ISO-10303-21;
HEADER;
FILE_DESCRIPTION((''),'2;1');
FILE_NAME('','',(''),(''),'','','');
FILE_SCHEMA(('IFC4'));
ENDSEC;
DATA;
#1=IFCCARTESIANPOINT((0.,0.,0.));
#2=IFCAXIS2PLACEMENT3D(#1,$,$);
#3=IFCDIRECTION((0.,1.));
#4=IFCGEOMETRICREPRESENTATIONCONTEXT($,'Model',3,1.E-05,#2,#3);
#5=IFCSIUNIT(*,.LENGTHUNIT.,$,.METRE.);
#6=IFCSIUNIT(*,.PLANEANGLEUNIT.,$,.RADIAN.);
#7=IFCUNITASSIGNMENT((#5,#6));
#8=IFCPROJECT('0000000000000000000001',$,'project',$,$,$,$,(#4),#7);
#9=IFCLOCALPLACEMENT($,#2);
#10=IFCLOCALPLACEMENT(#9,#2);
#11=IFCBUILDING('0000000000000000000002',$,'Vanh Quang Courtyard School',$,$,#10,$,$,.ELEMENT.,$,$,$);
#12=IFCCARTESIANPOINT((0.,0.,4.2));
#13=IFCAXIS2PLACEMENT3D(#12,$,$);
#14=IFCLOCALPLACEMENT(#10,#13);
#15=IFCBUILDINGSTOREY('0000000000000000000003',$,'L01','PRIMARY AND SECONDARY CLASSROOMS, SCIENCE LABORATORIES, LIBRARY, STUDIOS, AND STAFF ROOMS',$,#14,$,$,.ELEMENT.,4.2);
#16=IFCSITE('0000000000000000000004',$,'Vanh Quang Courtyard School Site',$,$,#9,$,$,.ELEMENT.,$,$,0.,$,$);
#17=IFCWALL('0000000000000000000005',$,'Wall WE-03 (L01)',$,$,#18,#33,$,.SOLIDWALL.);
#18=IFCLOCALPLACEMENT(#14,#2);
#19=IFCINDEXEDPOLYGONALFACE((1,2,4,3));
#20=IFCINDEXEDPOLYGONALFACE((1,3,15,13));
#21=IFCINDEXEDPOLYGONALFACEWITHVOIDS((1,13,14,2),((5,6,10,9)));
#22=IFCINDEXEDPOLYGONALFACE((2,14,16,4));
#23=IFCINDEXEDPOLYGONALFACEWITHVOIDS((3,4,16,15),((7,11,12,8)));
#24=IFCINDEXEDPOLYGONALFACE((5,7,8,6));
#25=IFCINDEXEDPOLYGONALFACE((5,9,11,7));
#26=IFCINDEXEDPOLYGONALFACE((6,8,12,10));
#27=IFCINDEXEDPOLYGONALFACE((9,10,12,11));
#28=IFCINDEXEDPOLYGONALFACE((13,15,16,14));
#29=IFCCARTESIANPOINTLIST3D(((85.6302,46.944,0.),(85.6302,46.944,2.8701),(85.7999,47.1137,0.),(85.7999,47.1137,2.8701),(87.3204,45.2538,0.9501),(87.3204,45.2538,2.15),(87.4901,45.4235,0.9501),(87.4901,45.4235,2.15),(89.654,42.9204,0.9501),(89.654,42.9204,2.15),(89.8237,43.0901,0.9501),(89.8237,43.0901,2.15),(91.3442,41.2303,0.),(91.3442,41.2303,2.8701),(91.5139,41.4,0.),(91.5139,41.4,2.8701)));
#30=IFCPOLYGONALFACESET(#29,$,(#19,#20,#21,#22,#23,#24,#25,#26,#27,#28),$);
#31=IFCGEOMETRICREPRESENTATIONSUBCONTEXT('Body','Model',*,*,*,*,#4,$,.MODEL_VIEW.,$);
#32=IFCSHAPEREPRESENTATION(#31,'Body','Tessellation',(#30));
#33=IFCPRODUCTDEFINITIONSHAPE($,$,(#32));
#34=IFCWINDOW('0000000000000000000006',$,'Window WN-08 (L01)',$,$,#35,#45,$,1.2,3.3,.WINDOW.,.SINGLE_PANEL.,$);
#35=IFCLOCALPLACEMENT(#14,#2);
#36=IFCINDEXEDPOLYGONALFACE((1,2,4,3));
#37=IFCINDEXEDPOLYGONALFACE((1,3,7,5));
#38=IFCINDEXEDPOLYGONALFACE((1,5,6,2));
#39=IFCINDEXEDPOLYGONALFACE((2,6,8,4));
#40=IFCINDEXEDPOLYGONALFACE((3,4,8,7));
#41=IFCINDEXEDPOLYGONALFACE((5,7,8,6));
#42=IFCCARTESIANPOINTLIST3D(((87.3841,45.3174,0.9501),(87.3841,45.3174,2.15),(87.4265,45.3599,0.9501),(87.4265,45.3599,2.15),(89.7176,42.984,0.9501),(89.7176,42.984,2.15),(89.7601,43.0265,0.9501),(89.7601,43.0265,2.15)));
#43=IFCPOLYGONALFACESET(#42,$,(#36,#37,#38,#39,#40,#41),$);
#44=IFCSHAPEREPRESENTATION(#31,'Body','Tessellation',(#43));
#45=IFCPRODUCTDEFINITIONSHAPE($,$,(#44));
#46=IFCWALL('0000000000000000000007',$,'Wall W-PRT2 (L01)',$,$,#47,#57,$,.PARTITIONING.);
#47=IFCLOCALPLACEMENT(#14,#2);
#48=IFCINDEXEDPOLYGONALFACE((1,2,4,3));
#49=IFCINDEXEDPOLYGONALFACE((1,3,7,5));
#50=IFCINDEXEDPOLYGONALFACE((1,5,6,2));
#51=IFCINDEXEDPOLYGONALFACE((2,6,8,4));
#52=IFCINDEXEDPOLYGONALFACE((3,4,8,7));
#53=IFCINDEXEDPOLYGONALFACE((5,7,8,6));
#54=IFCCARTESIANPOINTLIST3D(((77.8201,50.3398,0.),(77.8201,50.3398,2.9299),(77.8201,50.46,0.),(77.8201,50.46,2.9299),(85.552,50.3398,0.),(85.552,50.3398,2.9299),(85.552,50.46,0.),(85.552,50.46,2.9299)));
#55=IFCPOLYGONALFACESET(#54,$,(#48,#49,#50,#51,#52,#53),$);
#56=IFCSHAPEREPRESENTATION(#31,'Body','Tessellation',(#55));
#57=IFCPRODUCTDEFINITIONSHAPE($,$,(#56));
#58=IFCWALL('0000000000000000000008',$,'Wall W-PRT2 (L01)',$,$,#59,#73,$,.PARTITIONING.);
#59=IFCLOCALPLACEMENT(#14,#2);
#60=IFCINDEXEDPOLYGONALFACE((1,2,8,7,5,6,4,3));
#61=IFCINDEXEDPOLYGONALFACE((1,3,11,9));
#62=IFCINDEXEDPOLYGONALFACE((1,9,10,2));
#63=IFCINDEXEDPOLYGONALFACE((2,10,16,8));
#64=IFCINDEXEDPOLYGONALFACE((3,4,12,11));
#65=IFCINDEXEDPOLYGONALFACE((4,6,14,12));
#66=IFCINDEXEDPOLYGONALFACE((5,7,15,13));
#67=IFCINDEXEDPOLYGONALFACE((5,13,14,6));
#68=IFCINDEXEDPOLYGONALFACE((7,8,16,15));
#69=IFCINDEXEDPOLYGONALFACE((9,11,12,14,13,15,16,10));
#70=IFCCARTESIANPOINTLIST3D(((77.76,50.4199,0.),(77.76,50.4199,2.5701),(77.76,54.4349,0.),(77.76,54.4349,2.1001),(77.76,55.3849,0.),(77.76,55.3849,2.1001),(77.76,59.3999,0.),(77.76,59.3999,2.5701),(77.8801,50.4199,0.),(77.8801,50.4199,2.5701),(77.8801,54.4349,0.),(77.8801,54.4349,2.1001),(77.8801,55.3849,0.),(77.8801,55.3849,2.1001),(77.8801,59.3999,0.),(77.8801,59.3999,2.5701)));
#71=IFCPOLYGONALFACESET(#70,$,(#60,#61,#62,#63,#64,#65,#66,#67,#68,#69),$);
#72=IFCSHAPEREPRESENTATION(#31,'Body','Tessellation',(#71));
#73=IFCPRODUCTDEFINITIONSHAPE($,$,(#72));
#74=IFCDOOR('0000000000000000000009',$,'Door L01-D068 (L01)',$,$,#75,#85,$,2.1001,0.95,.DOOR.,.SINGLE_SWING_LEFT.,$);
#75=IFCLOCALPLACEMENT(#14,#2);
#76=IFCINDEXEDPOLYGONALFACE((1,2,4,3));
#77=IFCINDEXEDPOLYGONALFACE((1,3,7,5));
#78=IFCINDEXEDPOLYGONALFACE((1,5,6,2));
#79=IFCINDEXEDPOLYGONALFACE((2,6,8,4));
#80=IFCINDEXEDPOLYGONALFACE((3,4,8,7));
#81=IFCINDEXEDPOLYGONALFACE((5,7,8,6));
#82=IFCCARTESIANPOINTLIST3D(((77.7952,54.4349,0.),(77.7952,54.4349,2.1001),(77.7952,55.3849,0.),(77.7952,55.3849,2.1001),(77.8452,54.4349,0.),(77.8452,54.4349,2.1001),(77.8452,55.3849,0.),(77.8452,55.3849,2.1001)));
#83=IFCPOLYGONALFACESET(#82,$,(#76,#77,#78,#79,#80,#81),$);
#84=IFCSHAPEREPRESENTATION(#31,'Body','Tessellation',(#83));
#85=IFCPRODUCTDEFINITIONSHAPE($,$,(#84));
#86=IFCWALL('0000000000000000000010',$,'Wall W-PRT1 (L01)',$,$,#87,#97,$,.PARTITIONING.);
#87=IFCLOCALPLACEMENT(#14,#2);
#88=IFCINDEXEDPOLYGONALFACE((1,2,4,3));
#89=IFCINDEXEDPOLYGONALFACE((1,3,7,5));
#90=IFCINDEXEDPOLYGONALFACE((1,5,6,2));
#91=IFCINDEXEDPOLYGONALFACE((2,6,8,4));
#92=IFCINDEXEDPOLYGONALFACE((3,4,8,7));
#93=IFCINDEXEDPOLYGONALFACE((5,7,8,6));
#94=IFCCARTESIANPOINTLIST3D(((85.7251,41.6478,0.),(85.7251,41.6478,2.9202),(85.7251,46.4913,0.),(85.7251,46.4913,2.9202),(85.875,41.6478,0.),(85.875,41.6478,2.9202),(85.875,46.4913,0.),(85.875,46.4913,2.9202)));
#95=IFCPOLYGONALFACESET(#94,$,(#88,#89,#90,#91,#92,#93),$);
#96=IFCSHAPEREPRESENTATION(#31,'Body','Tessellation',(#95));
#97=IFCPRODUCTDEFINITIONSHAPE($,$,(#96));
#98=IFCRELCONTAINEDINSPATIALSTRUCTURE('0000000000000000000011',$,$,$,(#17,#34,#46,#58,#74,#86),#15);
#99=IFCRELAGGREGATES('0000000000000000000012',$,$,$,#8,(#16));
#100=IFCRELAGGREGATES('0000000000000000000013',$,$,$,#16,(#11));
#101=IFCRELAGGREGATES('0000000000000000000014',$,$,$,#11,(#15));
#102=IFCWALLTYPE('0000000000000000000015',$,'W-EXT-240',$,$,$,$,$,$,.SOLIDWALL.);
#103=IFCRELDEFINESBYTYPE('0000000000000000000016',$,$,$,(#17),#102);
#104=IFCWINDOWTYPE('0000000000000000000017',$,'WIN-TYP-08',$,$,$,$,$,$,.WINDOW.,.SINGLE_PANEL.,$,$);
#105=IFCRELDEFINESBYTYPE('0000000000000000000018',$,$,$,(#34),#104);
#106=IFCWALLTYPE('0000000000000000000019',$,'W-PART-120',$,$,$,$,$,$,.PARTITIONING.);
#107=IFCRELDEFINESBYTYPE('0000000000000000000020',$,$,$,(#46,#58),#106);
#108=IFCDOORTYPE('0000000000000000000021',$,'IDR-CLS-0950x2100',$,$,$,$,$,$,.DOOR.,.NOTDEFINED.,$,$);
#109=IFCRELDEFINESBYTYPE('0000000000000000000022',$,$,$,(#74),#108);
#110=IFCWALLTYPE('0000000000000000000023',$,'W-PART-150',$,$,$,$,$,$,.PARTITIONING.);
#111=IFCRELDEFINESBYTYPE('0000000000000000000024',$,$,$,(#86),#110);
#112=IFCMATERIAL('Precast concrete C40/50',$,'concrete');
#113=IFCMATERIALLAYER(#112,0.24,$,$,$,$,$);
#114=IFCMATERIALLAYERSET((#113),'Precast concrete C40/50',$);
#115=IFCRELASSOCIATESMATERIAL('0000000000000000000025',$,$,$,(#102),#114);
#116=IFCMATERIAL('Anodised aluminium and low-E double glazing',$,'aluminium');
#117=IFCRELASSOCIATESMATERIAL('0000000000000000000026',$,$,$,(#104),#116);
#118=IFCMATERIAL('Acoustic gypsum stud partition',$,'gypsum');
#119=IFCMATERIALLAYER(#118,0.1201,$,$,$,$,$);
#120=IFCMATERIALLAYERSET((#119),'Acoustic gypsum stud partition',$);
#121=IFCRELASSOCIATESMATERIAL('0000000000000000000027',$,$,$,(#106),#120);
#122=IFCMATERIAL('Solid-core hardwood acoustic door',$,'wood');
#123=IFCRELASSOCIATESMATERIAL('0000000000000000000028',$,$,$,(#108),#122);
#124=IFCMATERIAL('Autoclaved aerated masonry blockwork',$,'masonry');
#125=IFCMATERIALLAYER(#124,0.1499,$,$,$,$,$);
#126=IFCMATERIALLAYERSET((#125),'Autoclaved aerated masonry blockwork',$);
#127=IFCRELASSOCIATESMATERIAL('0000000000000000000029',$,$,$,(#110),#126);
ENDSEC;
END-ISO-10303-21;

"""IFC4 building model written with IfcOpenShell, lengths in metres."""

from ifc_helpers import new_model, si_unit, direction, frame, frame_2d, origin, place, context, subcontext, project, spatial, rectangle, extrude, material, layer, layer_set, type_object, element, fill, save


model = new_model("IFC4")

# Units and contexts
model_context = context("Model", 3, precision=1e-05, world=origin(), true_north=direction((0.0, 1.0)))
body_context = subcontext(model_context, "Body", "Model", "MODEL_VIEW")
ifc_project = project(units=[si_unit("LENGTHUNIT", "METRE"), si_unit("PLANEANGLEUNIT", "RADIAN")], contexts=[model_context])

# Site, building, storey
site_placement = place(None, origin())
site = spatial("IfcSite", under=ifc_project, at=site_placement, Name="Vanh Quang Courtyard School Site", CompositionType="ELEMENT", RefElevation=0.0)
building_placement = place(site_placement, origin())
building = spatial("IfcBuilding", under=site, at=building_placement, Name="Vanh Quang Courtyard School", CompositionType="ELEMENT")
storey_placement = place(building_placement, frame((0.0, 0.0, 4.2)))
storey = spatial("IfcBuildingStorey", under=building, at=storey_placement, Name="L01", Description="PRIMARY AND SECONDARY CLASSROOMS, SCIENCE LABORATORIES, LIBRARY, STUDIOS, AND STAFF ROOMS", CompositionType="ELEMENT", Elevation=4.2)

# Wall, opening, window
ifc_material_1 = material(Name="Precast concrete C40/50", Category="concrete")
ifc_layer_1 = layer(ifc_material_1, 0.24)
ifc_layer_set_1 = layer_set([ifc_layer_1], Name="Precast concrete C40/50")
wall_type_1 = type_object("IfcWallType", Name="W-EXT-240", PredefinedType="SOLIDWALL", material=ifc_layer_set_1)
wall_1_placement = place(storey_placement, frame((85.7151, 47.0288, 0.0), z_axis=(0.0, 0.0, 1.0), x_axis=(0.707122, -0.707092, 0.0)))
wall_1 = element("IfcWall", 1, at=wall_1_placement, inside=storey, type_object=wall_type_1, Name="Wall WE-03 (L01)", PredefinedType="SOLIDWALL", context=body_context, shape_type="SweptSolid", body=[
    extrude(rectangle(XDim=8.0806, YDim=0.24, at=frame_2d((4.0403, 0.0))), origin(), (0.0, 0.0, 1.0), 2.8701),
])
opening_1_placement = place(wall_1_placement, frame((2.3904, 0.0, 0.95)))
opening_1 = element("IfcOpeningElement", 2, at=opening_1_placement, cuts=wall_1, PredefinedType="OPENING", context=body_context, shape_type="SweptSolid", body=[
    extrude(rectangle(XDim=3.3, YDim=1.2, at=frame_2d((1.6499, 0.6001))), frame((0.0, 0.1299, 0.0), z_axis=(0.0, -1.0, 0.0), x_axis=(1.0, 0.0, 0.0)), (0.0, 0.0, 1.0), 0.26),
])
ifc_material_2 = material(Name="Anodised aluminium and low-E double glazing", Category="aluminium")
window_type = type_object("IfcWindowType", Name="WIN-TYP-08", PartitioningType="SINGLE_PANEL", PredefinedType="WINDOW", material=ifc_material_2)
window_placement = place(opening_1_placement, origin())
window = element("IfcWindow", 3, at=window_placement, inside=storey, type_object=window_type, Name="Window WN-08 (L01)", OverallHeight=1.2, OverallWidth=3.3, PartitioningType="SINGLE_PANEL", PredefinedType="WINDOW", context=body_context, shape_type="SweptSolid", body=[
    extrude(rectangle(XDim=3.3, YDim=1.2, at=frame_2d((1.6499, 0.6001))), frame((0.0, 0.03, 0.0), z_axis=(0.0, -1.0, 0.0), x_axis=(1.0, 0.0, 0.0)), (0.0, 0.0, 1.0), 0.0601),
])
fill(opening_1, window)

# Wall
ifc_material_3 = material(Name="Acoustic gypsum stud partition", Category="gypsum")
ifc_layer_2 = layer(ifc_material_3, 0.1201)
ifc_layer_set_2 = layer_set([ifc_layer_2], Name="Acoustic gypsum stud partition")
wall_type_2 = type_object("IfcWallType", Name="W-PART-120", PredefinedType="PARTITIONING", material=ifc_layer_set_2)
wall_2_placement = place(storey_placement, frame((77.8201, 50.3999, 0.0), z_axis=(0.0, 0.0, 1.0), x_axis=(1.0, 0.0, 0.0)))
element("IfcWall", 4, at=wall_2_placement, inside=storey, type_object=wall_type_2, Name="Wall W-PRT2 (L01)", PredefinedType="PARTITIONING", context=body_context, shape_type="SweptSolid", body=[
    extrude(rectangle(XDim=7.7319, YDim=0.1201, at=frame_2d((3.866, 0.0))), origin(), (0.0, 0.0, 1.0), 2.9299),
])

# Wall, opening, door
wall_3_placement = place(storey_placement, frame((77.8201, 50.4199, 0.0), z_axis=(0.0, 0.0, 1.0), x_axis=(0.0, 1.0, 0.0)))
wall_3 = element("IfcWall", 5, at=wall_3_placement, inside=storey, type_object=wall_type_2, Name="Wall W-PRT2 (L01)", PredefinedType="PARTITIONING", context=body_context, shape_type="SweptSolid", body=[
    extrude(rectangle(XDim=8.98, YDim=0.1201, at=frame_2d((4.49, 0.0))), origin(), (0.0, 0.0, 1.0), 2.5701),
])
opening_2_placement = place(wall_3_placement, frame((4.0149, 0.0, 0.0)))
opening_2 = element("IfcOpeningElement", 6, at=opening_2_placement, cuts=wall_3, PredefinedType="OPENING", context=body_context, shape_type="SweptSolid", body=[
    extrude(rectangle(XDim=0.95, YDim=2.1001, at=frame_2d((0.4751, 1.05))), frame((0.0, 0.0701, 0.0), z_axis=(0.0, -1.0, 0.0), x_axis=(1.0, 0.0, 0.0)), (0.0, 0.0, 1.0), 0.1401),
])
ifc_material_4 = material(Name="Solid-core hardwood acoustic door", Category="wood")
door_type = type_object("IfcDoorType", Name="IDR-CLS-0950x2100", OperationType="NOTDEFINED", PredefinedType="DOOR", material=ifc_material_4)
door_placement = place(opening_2_placement, origin())
door = element("IfcDoor", 7, at=door_placement, inside=storey, type_object=door_type, Name="Door L01-D068 (L01)", OperationType="SINGLE_SWING_LEFT", OverallHeight=2.1001, OverallWidth=0.95, PredefinedType="DOOR", context=body_context, shape_type="SweptSolid", body=[
    extrude(rectangle(XDim=0.95, YDim=2.1001, at=frame_2d((0.4751, 1.05))), frame((0.0, 0.0249, 0.0), z_axis=(0.0, -1.0, 0.0), x_axis=(1.0, 0.0, 0.0)), (0.0, 0.0, 1.0), 0.05),
])
fill(opening_2, door)

# Wall
ifc_material_5 = material(Name="Autoclaved aerated masonry blockwork", Category="masonry")
ifc_layer_3 = layer(ifc_material_5, 0.1499)
ifc_layer_set_3 = layer_set([ifc_layer_3], Name="Autoclaved aerated masonry blockwork")
wall_type_3 = type_object("IfcWallType", Name="W-PART-150", PredefinedType="PARTITIONING", material=ifc_layer_set_3)
wall_4_placement = place(storey_placement, frame((85.8, 46.4915, 0.0), z_axis=(0.0, 0.0, 1.0), x_axis=(0.0, -1.0, 0.0)))
element("IfcWall", 8, at=wall_4_placement, inside=storey, type_object=wall_type_3, Name="Wall W-PRT1 (L01)", PredefinedType="PARTITIONING", context=body_context, shape_type="SweptSolid", body=[
    extrude(rectangle(XDim=4.8435, YDim=0.1499, at=frame_2d((2.4219, 0.0))), origin(), (0.0, 0.0, 1.0), 2.9202),
])

save(model, "model.ifc")
